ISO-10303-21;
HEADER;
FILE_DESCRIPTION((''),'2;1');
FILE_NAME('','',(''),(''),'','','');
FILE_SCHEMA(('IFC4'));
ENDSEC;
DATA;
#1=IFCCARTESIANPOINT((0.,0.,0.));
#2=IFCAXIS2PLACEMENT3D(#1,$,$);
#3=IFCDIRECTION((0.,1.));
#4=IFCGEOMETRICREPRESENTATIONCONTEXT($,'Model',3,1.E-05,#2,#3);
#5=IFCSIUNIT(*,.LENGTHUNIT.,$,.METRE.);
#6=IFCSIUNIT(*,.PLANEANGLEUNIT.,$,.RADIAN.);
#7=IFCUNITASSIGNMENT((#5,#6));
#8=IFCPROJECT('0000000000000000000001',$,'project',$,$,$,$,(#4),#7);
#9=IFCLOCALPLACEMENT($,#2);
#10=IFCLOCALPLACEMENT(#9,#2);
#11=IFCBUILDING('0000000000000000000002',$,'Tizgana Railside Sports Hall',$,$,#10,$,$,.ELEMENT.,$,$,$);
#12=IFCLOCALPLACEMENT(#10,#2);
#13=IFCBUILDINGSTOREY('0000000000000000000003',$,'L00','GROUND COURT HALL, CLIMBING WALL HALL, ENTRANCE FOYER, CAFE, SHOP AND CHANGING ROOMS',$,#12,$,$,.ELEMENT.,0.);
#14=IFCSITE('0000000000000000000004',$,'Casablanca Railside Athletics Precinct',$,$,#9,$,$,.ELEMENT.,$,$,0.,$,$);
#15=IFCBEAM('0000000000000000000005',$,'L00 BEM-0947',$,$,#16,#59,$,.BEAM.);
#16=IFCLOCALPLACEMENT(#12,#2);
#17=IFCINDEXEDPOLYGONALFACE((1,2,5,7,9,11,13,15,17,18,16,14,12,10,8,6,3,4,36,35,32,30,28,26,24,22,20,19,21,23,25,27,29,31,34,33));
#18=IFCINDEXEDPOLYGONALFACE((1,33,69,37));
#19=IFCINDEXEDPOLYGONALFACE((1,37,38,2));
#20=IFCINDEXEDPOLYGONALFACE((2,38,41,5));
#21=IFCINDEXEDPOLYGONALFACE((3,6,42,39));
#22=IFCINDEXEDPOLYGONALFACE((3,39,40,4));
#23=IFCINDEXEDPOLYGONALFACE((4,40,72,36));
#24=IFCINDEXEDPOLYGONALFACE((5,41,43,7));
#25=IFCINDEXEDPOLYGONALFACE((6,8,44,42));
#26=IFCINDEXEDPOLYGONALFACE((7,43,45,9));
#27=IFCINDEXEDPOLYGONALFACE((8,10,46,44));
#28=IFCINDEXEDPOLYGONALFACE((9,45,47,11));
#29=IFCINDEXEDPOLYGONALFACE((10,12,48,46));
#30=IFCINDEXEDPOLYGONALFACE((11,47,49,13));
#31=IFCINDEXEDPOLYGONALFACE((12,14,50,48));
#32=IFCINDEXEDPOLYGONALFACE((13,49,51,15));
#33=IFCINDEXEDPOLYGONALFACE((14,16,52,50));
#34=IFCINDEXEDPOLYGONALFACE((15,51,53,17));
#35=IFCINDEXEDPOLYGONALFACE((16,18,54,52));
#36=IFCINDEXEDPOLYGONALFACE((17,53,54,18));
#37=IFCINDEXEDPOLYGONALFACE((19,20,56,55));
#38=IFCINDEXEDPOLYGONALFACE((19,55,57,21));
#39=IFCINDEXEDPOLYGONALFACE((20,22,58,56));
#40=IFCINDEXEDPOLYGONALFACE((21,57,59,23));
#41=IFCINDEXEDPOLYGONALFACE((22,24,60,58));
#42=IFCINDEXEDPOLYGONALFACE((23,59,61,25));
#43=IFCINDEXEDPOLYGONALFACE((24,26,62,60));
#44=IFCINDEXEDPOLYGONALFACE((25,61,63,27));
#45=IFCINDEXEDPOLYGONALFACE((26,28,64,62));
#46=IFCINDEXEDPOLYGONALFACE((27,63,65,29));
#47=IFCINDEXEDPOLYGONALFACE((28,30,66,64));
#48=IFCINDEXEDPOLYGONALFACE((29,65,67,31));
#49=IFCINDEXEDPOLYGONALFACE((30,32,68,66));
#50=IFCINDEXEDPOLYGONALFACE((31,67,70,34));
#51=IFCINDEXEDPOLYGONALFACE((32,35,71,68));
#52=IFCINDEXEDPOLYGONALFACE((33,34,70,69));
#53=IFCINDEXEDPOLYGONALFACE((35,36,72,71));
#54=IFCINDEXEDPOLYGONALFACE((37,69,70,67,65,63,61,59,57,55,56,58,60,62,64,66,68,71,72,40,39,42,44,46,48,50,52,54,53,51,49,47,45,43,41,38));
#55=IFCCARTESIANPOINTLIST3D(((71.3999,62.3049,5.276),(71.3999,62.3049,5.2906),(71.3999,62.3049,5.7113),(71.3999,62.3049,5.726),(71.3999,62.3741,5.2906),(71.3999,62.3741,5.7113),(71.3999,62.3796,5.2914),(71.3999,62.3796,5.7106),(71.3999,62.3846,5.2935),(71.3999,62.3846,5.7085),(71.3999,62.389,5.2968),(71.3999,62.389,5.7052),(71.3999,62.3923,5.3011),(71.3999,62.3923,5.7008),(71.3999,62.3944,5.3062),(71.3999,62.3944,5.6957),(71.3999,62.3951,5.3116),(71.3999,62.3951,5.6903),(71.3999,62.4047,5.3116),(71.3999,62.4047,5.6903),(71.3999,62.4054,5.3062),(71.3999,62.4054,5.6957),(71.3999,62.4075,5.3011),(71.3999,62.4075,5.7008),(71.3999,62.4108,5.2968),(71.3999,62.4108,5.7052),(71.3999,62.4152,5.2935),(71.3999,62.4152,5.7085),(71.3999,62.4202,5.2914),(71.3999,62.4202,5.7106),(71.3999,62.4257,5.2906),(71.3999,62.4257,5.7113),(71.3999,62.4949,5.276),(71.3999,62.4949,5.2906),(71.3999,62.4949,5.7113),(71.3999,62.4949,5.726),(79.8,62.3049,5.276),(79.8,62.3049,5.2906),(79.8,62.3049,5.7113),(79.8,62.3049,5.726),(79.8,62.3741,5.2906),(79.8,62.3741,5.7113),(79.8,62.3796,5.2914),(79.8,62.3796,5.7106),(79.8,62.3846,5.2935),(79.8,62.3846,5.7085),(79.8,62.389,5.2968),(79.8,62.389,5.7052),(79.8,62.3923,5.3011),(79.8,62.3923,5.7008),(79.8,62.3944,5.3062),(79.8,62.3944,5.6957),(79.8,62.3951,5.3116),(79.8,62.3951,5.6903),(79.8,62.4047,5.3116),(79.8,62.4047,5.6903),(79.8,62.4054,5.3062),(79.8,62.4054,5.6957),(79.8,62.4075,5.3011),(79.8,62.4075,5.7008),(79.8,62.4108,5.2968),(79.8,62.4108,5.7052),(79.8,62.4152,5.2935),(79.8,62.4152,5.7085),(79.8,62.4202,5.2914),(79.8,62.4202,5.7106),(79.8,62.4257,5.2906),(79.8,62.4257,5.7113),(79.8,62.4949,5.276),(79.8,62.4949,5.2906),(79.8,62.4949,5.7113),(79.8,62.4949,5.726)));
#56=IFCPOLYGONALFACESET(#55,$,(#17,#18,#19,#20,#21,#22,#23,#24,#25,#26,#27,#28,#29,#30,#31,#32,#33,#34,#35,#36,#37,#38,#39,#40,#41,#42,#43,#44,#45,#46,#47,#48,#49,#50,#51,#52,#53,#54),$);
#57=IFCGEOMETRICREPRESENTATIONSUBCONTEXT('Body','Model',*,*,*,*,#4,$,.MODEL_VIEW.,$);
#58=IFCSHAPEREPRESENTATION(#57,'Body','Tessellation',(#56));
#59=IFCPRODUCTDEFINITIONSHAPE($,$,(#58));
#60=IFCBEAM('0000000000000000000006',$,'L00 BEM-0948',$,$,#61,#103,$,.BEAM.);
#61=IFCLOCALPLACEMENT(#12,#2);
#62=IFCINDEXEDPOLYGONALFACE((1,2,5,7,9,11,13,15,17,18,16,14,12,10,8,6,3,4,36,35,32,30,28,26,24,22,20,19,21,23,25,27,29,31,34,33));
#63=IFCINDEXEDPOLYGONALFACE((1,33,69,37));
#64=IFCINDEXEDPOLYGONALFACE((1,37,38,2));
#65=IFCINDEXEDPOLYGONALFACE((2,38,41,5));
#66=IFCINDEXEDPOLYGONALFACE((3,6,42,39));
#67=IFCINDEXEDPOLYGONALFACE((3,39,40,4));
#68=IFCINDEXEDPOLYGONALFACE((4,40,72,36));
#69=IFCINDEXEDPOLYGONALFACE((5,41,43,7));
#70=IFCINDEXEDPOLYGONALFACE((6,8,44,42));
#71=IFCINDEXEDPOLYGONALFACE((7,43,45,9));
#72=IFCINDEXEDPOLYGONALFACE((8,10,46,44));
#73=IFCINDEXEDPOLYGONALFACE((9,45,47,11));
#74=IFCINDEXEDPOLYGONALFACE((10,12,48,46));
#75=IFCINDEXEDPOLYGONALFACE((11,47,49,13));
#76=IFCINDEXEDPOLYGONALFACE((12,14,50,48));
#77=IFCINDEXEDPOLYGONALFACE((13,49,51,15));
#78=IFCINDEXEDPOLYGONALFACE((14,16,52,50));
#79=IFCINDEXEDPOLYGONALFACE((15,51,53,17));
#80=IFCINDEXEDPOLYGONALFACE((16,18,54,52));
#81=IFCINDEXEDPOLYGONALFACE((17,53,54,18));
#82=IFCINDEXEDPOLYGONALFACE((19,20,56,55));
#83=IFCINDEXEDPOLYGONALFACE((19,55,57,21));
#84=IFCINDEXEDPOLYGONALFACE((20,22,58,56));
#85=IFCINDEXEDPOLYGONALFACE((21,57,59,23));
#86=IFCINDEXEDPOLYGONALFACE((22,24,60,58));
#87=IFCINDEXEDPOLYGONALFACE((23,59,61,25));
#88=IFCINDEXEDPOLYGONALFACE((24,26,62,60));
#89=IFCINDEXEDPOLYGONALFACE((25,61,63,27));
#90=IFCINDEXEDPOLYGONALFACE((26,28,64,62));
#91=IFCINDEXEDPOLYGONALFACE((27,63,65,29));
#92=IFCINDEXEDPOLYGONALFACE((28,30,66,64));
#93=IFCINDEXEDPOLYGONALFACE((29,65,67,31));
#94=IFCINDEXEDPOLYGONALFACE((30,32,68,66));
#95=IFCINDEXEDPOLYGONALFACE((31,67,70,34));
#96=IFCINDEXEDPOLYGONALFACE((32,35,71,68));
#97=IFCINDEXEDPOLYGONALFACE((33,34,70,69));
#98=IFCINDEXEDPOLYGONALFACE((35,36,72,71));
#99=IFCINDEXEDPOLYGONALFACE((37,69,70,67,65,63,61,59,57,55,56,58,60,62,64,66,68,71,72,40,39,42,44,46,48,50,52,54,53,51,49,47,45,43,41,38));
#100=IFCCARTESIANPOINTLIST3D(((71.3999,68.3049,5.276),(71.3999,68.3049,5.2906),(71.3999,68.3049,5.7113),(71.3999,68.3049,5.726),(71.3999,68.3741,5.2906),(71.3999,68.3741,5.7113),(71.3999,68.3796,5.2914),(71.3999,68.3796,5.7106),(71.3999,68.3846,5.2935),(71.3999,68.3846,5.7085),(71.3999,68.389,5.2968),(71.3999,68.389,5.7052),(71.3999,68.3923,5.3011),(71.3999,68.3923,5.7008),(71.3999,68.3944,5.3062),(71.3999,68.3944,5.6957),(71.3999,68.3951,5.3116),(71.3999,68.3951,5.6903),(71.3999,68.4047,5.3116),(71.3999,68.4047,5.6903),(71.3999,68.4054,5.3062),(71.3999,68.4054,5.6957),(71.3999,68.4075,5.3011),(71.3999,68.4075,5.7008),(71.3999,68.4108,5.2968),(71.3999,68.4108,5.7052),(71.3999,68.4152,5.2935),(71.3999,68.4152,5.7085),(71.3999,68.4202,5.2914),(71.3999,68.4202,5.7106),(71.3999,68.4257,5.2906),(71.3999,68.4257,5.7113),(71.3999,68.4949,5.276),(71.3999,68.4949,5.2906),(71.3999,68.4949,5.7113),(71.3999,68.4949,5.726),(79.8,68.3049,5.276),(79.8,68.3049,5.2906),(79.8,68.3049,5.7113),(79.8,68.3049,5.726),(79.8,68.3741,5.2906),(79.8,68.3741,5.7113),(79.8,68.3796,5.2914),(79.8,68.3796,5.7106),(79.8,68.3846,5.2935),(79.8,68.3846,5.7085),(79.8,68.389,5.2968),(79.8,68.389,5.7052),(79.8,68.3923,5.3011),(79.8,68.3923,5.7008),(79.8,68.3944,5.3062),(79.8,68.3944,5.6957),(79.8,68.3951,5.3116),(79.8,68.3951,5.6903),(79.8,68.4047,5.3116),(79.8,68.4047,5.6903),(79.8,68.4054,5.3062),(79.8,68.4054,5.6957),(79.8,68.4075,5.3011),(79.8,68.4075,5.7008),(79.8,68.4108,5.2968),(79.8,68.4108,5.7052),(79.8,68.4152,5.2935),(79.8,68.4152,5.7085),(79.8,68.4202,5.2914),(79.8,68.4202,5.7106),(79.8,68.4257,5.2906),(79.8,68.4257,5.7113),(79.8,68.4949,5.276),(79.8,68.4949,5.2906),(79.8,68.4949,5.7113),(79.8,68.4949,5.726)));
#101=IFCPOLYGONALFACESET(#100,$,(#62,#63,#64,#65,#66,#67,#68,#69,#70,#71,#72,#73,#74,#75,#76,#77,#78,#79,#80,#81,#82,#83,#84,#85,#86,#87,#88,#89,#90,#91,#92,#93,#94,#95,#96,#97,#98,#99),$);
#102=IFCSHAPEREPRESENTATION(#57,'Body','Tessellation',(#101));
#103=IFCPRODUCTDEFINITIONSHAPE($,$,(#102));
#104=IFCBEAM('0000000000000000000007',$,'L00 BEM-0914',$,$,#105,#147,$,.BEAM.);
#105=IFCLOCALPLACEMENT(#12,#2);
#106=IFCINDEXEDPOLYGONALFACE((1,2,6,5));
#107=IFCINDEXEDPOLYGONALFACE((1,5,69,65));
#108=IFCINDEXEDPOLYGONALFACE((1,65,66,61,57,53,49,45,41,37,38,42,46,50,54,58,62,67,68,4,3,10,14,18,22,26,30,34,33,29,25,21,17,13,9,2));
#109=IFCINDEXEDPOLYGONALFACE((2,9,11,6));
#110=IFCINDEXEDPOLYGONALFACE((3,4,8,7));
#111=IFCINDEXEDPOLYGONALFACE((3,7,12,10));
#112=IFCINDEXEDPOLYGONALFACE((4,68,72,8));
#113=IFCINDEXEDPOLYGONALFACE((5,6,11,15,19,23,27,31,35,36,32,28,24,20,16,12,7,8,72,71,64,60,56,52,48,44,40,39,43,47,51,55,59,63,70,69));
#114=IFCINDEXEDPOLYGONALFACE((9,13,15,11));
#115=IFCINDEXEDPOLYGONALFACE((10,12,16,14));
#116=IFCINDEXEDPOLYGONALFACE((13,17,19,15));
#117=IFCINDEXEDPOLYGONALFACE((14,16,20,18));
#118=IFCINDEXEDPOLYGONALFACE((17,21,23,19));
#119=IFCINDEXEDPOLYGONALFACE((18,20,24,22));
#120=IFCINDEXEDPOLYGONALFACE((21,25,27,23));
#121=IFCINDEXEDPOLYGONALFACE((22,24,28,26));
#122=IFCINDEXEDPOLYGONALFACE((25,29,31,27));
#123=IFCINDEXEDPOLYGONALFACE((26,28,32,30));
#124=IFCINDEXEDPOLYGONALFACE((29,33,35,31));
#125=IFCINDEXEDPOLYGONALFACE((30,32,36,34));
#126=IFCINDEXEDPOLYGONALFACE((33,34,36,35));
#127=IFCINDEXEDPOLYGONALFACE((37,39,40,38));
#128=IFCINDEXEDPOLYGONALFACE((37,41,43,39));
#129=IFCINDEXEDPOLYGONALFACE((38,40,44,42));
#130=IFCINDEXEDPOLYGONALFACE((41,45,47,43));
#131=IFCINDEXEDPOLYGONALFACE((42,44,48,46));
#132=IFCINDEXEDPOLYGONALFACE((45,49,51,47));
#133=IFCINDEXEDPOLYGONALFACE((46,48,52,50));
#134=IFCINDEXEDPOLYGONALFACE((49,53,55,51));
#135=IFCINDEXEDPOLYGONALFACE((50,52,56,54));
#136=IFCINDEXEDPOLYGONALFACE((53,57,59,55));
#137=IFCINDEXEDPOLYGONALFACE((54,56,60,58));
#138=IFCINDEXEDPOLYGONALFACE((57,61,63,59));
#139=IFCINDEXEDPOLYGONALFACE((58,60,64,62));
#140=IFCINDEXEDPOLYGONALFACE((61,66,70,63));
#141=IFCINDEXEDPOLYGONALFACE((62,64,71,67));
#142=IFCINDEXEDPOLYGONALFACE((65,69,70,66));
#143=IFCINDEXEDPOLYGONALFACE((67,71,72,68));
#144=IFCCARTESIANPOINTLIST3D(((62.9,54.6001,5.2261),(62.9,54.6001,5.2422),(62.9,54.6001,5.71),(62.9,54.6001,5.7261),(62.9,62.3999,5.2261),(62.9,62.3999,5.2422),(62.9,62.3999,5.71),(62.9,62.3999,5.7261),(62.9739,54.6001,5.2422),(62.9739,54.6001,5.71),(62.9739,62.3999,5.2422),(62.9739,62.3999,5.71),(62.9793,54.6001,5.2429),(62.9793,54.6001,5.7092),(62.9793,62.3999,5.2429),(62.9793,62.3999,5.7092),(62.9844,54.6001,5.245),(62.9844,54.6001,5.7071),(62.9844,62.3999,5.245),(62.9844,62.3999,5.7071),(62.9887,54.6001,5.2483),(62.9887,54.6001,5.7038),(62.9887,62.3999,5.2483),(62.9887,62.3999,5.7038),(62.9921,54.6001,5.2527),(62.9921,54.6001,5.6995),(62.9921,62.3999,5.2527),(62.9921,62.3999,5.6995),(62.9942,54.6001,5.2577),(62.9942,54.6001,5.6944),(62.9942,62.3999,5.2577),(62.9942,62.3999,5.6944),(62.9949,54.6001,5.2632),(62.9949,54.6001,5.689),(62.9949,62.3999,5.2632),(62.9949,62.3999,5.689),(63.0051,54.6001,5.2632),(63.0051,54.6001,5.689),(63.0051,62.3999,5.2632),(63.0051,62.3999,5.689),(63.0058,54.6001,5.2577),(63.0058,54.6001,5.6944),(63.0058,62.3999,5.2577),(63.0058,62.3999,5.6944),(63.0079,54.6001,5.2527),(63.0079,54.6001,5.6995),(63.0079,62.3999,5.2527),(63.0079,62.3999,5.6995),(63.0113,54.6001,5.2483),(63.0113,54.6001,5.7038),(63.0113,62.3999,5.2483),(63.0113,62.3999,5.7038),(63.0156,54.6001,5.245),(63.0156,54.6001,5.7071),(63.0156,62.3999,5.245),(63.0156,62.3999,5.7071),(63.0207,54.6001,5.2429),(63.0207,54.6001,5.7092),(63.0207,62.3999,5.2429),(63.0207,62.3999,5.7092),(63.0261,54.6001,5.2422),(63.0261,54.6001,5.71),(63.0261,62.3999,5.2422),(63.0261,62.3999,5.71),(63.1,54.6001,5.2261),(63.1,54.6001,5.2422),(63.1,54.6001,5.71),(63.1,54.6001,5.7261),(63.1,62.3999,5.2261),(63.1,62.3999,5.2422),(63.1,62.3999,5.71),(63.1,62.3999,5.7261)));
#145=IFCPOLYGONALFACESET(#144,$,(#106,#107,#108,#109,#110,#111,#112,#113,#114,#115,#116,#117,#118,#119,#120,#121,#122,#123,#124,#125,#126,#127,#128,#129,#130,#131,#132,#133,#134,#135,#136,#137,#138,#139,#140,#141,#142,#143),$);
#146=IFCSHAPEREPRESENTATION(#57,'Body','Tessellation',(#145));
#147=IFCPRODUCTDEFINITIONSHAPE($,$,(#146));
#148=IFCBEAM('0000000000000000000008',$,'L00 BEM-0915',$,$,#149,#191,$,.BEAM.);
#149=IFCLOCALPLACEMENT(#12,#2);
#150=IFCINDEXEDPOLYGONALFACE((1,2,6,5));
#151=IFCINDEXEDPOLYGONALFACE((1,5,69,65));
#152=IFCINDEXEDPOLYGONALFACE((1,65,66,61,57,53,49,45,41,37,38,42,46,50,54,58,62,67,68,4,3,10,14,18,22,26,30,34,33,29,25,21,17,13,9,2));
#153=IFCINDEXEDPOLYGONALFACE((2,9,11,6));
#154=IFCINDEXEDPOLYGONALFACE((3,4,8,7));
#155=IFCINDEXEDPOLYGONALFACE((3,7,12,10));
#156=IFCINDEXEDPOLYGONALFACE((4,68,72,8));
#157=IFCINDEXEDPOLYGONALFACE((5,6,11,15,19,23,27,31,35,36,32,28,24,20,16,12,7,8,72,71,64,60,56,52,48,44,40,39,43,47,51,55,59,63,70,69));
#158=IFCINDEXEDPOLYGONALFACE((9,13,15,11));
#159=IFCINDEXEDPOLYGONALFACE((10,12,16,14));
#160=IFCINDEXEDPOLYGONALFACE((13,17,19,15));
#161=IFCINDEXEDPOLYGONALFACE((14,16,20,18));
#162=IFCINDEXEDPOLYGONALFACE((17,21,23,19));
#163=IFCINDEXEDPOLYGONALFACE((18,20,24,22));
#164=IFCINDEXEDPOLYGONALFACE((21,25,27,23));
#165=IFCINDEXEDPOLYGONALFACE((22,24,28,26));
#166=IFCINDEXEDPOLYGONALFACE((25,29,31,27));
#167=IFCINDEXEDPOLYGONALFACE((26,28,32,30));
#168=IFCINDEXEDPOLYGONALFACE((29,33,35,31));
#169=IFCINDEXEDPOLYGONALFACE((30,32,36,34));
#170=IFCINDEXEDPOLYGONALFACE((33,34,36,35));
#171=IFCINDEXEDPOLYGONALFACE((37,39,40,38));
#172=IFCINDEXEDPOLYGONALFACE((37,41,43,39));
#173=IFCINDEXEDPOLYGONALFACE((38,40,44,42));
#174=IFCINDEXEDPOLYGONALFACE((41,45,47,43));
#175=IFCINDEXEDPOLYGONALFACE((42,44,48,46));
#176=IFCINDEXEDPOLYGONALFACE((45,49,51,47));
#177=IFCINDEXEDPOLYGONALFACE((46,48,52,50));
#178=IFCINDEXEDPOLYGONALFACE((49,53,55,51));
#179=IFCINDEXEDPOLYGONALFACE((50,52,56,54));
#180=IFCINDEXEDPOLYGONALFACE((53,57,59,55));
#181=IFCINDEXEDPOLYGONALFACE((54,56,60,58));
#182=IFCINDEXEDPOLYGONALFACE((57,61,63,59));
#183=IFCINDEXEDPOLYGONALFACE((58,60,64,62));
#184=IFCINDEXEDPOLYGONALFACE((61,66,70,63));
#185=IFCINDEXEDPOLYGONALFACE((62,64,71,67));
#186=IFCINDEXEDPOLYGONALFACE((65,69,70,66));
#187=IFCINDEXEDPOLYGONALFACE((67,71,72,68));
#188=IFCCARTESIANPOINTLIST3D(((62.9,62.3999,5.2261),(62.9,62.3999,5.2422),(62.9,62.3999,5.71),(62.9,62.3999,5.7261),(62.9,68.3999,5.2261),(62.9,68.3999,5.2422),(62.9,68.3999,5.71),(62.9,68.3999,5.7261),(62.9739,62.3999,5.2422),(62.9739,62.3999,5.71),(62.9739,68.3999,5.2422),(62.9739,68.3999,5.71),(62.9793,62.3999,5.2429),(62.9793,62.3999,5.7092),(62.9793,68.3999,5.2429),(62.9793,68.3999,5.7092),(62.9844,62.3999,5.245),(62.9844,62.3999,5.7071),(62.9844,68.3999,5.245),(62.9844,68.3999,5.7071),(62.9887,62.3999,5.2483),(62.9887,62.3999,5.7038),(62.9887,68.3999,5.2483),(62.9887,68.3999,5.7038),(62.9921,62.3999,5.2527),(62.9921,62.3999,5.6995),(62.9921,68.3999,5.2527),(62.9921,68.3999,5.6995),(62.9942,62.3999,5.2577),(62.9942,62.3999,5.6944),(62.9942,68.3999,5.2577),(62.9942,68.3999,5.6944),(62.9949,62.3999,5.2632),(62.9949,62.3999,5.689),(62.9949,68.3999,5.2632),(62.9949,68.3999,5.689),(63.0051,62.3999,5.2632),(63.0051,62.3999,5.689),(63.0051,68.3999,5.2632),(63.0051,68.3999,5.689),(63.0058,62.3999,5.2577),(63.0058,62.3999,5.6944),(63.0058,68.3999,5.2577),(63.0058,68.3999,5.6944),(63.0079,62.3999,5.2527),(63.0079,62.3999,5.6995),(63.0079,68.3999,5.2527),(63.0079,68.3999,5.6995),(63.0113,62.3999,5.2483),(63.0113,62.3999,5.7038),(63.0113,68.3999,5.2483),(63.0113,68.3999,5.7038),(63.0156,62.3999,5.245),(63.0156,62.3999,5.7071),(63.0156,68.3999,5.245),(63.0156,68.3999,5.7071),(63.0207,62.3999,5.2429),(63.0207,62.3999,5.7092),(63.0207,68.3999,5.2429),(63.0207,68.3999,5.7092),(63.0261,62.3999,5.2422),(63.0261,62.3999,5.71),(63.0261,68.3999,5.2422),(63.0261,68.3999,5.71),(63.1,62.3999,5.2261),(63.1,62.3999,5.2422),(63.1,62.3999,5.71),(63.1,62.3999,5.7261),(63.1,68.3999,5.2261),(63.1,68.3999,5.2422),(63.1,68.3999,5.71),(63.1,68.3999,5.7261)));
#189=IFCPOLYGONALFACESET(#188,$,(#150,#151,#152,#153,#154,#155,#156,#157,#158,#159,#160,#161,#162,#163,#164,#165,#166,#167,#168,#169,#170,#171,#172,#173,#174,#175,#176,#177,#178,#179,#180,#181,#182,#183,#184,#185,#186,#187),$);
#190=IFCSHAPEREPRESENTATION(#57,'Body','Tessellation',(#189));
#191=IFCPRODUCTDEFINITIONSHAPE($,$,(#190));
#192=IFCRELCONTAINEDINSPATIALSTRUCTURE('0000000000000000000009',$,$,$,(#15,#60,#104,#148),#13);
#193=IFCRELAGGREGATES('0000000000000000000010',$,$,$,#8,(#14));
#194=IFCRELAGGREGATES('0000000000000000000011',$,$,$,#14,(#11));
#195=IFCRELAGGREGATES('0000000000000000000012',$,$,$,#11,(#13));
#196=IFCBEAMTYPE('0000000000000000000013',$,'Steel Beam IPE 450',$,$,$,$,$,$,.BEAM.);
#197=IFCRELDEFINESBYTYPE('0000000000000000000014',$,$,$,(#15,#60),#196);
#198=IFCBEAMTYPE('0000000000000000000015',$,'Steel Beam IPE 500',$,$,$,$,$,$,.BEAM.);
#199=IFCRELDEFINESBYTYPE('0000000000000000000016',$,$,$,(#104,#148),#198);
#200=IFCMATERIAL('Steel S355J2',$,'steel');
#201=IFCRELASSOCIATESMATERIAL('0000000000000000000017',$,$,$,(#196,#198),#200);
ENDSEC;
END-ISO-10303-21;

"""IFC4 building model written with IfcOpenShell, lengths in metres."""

from ifc_helpers import new_model, si_unit, direction, frame, origin, origin_2d, place, context, subcontext, project, spatial, i_section, extrude, material, material_profile, profile_set, type_object, element, save


model = new_model("IFC4")

# Units and contexts
model_context = context("Model", 3, precision=1e-05, world=origin(), true_north=direction((0.0, 1.0)))
body_context = subcontext(model_context, "Body", "Model", "MODEL_VIEW")
ifc_project = project(units=[si_unit("LENGTHUNIT", "METRE"), si_unit("PLANEANGLEUNIT", "RADIAN")], contexts=[model_context])

# Site, building, storey
site_placement = place(None, origin())
site = spatial("IfcSite", under=ifc_project, at=site_placement, Name="Casablanca Railside Athletics Precinct", CompositionType="ELEMENT", RefElevation=0.0)
building_placement = place(site_placement, origin())
building = spatial("IfcBuilding", under=site, at=building_placement, Name="Tizgana Railside Sports Hall", CompositionType="ELEMENT")
storey_placement = place(building_placement, origin())
storey = spatial("IfcBuildingStorey", under=building, at=storey_placement, Name="L00", Description="GROUND COURT HALL, CLIMBING WALL HALL, ENTRANCE FOYER, CAFE, SHOP AND CHANGING ROOMS", CompositionType="ELEMENT", Elevation=0.0)

# Shared definitions
ifc_material_1 = material(Name="Steel S355J2", Category="steel")

# Beams
ifc_material_profile_1 = material_profile(ifc_material_1, i_section(OverallWidth=0.1899, OverallDepth=0.45, WebThickness=0.0095, FlangeThickness=0.0146, FilletRadius=0.021, at=origin_2d()), Name="IPE 450")
ifc_profile_set_1 = profile_set([ifc_material_profile_1], Name="Steel S355J2")
beam_type_1 = type_object("IfcBeamType", Name="Steel Beam IPE 450", PredefinedType="BEAM", material=ifc_profile_set_1)
for number, where, z_axis, x_axis, name in (
    (1, (71.3999, 62.3999, 5.501), (1.0, 0.0, 0.0), (0.0, 1.0, 0.0), "L00 BEM-0947"),
    (2, (71.3999, 68.3999, 5.501), (1.0, 0.0, 0.0), (0.0, 1.0, 0.0), "L00 BEM-0948"),
):
    element("IfcBeam", number, at=place(storey_placement, frame(where, z_axis=z_axis, x_axis=x_axis)), inside=storey, type_object=beam_type_1, Name=name, PredefinedType="BEAM", context=body_context, shape_type="SweptSolid", body=[
        extrude(i_section(OverallWidth=0.1899, OverallDepth=0.45, WebThickness=0.0095, FlangeThickness=0.0146, FilletRadius=0.021, at=origin_2d()), origin(), (0.0, 0.0, 1.0), 8.4001),
    ])
ifc_material_profile_2 = material_profile(ifc_material_1, i_section(OverallWidth=0.2, OverallDepth=0.5, WebThickness=0.0103, FlangeThickness=0.0161, FilletRadius=0.021, at=origin_2d()), Name="IPE 500")
ifc_profile_set_2 = profile_set([ifc_material_profile_2], Name="Steel S355J2")
beam_type_2 = type_object("IfcBeamType", Name="Steel Beam IPE 500", PredefinedType="BEAM", material=ifc_profile_set_2)
beam_1_placement = place(storey_placement, frame((63.0, 54.6001, 5.4761), z_axis=(0.0, 1.0, 0.0), x_axis=(-1.0, 0.0, 0.0)))
element("IfcBeam", 3, at=beam_1_placement, inside=storey, type_object=beam_type_2, Name="L00 BEM-0914", PredefinedType="BEAM", context=body_context, shape_type="SweptSolid", body=[
    extrude(i_section(OverallWidth=0.2, OverallDepth=0.5, WebThickness=0.0103, FlangeThickness=0.0161, FilletRadius=0.021, at=origin_2d()), origin(), (0.0, 0.0, 1.0), 7.7998),
])
beam_2_placement = place(storey_placement, frame((63.0, 62.3999, 5.4761), z_axis=(0.0, 1.0, 0.0), x_axis=(-1.0, 0.0, 0.0)))
element("IfcBeam", 4, at=beam_2_placement, inside=storey, type_object=beam_type_2, Name="L00 BEM-0915", PredefinedType="BEAM", context=body_context, shape_type="SweptSolid", body=[
    extrude(i_section(OverallWidth=0.2, OverallDepth=0.5, WebThickness=0.0103, FlangeThickness=0.0161, FilletRadius=0.021, at=origin_2d()), origin(), (0.0, 0.0, 1.0), 6.0),
])

save(model, "model.ifc")
